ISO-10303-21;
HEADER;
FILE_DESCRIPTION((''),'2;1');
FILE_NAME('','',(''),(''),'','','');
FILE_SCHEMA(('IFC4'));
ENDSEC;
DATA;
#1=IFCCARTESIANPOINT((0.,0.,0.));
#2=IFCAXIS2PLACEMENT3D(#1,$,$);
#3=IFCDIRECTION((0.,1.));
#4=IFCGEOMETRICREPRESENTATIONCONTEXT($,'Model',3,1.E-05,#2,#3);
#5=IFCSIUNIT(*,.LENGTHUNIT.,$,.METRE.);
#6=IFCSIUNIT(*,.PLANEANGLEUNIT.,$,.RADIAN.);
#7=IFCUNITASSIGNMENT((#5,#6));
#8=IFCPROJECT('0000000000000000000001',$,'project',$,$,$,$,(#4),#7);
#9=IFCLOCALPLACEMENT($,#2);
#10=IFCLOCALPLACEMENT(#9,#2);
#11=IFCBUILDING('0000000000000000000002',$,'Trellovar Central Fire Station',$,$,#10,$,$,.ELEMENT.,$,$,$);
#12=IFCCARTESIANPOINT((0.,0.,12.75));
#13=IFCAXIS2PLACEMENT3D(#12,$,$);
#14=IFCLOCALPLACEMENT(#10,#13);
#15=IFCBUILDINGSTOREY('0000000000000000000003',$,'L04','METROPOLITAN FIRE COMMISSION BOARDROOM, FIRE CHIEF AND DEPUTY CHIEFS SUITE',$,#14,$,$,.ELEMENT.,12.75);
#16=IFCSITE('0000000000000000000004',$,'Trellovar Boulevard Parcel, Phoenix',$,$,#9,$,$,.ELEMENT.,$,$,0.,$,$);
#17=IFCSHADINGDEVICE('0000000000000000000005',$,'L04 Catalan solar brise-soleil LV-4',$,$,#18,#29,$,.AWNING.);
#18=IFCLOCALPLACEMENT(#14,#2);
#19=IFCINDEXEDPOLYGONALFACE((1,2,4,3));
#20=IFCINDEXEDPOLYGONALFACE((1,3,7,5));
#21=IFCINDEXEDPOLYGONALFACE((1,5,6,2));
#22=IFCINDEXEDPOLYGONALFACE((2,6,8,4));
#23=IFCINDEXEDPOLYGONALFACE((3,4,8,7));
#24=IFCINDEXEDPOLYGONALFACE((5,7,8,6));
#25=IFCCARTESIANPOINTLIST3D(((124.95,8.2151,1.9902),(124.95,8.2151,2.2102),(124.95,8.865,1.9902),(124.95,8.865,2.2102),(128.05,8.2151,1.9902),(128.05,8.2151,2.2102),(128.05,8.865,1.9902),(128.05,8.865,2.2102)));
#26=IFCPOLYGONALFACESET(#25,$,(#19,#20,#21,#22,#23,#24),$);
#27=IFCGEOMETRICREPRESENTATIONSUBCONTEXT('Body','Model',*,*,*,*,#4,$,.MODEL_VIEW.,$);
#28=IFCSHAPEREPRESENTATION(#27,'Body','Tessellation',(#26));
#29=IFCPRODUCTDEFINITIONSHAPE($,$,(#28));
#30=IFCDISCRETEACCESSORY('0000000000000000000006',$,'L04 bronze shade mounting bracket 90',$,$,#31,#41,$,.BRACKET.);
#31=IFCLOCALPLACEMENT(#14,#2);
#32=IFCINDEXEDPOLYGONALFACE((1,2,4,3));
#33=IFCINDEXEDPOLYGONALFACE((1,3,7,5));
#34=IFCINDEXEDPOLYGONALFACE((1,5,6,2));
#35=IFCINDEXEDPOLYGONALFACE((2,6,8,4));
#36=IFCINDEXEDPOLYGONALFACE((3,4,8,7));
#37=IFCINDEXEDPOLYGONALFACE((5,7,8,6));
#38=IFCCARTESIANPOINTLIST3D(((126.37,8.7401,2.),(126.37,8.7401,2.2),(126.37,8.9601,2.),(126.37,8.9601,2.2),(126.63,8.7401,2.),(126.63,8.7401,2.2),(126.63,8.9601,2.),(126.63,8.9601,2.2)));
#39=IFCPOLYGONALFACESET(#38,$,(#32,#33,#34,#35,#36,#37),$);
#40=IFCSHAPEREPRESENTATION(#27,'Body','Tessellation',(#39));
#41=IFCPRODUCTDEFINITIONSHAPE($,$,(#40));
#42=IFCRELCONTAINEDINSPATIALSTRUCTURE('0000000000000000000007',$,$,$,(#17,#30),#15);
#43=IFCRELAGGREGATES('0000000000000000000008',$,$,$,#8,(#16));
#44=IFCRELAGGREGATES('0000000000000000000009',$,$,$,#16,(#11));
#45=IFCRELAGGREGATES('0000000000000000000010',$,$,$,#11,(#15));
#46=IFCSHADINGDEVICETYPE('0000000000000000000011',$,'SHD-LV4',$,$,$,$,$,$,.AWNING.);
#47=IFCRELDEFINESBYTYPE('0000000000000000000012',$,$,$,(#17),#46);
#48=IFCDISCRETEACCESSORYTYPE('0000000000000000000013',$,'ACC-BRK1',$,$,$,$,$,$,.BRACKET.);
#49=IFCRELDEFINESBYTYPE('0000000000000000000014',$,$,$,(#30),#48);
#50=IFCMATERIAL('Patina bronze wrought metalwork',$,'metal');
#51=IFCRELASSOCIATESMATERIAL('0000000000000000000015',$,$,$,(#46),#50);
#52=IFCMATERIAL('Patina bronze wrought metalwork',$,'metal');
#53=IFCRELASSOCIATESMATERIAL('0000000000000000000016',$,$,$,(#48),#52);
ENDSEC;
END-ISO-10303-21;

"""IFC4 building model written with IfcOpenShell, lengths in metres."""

from ifc_helpers import new_model, si_unit, direction, frame, origin, origin_2d, place, context, subcontext, project, spatial, rectangle, extrude, material, type_object, element, save


model = new_model("IFC4")

# Units and contexts
model_context = context("Model", 3, precision=1e-05, world=origin(), true_north=direction((0.0, 1.0)))
body_context = subcontext(model_context, "Body", "Model", "MODEL_VIEW")
ifc_project = project(units=[si_unit("LENGTHUNIT", "METRE"), si_unit("PLANEANGLEUNIT", "RADIAN")], contexts=[model_context])

# Site, building, storey
site_placement = place(None, origin())
site = spatial("IfcSite", under=ifc_project, at=site_placement, Name="Trellovar Boulevard Parcel, Phoenix", CompositionType="ELEMENT", RefElevation=0.0)
building_placement = place(site_placement, origin())
building = spatial("IfcBuilding", under=site, at=building_placement, Name="Trellovar Central Fire Station", CompositionType="ELEMENT")
storey_placement = place(building_placement, frame((0.0, 0.0, 12.75)))
storey = spatial("IfcBuildingStorey", under=building, at=storey_placement, Name="L04", Description="METROPOLITAN FIRE COMMISSION BOARDROOM, FIRE CHIEF AND DEPUTY CHIEFS SUITE", CompositionType="ELEMENT", Elevation=12.75)

# Shading device
ifc_material_1 = material(Name="Patina bronze wrought metalwork", Category="metal")
shading_device_type = type_object("IfcShadingDeviceType", Name="SHD-LV4", PredefinedType="AWNING", material=ifc_material_1)
shading_device_placement = place(storey_placement, frame((126.5, 8.54, 1.9902), z_axis=(0.0, 0.0, 1.0), x_axis=(1.0, 0.0, 0.0)))
element("IfcShadingDevice", 1, at=shading_device_placement, inside=storey, type_object=shading_device_type, Name="L04 Catalan solar brise-soleil LV-4", PredefinedType="AWNING", context=body_context, shape_type="SweptSolid", body=[
    extrude(rectangle(XDim=3.1001, YDim=0.6499, at=origin_2d()), origin(), (0.0, 0.0, 1.0), 0.22),
])

# Discrete accessory
ifc_material_2 = material(Name="Patina bronze wrought metalwork", Category="metal")
discrete_accessory_type = type_object("IfcDiscreteAccessoryType", Name="ACC-BRK1", PredefinedType="BRACKET", material=ifc_material_2)
discrete_accessory_placement = place(storey_placement, frame((126.5, 8.8501, 2.0), z_axis=(0.0, 0.0, 1.0), x_axis=(1.0, 0.0, 0.0)))
element("IfcDiscreteAccessory", 2, at=discrete_accessory_placement, inside=storey, type_object=discrete_accessory_type, Name="L04 bronze shade mounting bracket 90", PredefinedType="BRACKET", context=body_context, shape_type="SweptSolid", body=[
    extrude(rectangle(XDim=0.26, YDim=0.22, at=origin_2d()), origin(), (0.0, 0.0, 1.0), 0.2),
])

save(model, "model.ifc")
